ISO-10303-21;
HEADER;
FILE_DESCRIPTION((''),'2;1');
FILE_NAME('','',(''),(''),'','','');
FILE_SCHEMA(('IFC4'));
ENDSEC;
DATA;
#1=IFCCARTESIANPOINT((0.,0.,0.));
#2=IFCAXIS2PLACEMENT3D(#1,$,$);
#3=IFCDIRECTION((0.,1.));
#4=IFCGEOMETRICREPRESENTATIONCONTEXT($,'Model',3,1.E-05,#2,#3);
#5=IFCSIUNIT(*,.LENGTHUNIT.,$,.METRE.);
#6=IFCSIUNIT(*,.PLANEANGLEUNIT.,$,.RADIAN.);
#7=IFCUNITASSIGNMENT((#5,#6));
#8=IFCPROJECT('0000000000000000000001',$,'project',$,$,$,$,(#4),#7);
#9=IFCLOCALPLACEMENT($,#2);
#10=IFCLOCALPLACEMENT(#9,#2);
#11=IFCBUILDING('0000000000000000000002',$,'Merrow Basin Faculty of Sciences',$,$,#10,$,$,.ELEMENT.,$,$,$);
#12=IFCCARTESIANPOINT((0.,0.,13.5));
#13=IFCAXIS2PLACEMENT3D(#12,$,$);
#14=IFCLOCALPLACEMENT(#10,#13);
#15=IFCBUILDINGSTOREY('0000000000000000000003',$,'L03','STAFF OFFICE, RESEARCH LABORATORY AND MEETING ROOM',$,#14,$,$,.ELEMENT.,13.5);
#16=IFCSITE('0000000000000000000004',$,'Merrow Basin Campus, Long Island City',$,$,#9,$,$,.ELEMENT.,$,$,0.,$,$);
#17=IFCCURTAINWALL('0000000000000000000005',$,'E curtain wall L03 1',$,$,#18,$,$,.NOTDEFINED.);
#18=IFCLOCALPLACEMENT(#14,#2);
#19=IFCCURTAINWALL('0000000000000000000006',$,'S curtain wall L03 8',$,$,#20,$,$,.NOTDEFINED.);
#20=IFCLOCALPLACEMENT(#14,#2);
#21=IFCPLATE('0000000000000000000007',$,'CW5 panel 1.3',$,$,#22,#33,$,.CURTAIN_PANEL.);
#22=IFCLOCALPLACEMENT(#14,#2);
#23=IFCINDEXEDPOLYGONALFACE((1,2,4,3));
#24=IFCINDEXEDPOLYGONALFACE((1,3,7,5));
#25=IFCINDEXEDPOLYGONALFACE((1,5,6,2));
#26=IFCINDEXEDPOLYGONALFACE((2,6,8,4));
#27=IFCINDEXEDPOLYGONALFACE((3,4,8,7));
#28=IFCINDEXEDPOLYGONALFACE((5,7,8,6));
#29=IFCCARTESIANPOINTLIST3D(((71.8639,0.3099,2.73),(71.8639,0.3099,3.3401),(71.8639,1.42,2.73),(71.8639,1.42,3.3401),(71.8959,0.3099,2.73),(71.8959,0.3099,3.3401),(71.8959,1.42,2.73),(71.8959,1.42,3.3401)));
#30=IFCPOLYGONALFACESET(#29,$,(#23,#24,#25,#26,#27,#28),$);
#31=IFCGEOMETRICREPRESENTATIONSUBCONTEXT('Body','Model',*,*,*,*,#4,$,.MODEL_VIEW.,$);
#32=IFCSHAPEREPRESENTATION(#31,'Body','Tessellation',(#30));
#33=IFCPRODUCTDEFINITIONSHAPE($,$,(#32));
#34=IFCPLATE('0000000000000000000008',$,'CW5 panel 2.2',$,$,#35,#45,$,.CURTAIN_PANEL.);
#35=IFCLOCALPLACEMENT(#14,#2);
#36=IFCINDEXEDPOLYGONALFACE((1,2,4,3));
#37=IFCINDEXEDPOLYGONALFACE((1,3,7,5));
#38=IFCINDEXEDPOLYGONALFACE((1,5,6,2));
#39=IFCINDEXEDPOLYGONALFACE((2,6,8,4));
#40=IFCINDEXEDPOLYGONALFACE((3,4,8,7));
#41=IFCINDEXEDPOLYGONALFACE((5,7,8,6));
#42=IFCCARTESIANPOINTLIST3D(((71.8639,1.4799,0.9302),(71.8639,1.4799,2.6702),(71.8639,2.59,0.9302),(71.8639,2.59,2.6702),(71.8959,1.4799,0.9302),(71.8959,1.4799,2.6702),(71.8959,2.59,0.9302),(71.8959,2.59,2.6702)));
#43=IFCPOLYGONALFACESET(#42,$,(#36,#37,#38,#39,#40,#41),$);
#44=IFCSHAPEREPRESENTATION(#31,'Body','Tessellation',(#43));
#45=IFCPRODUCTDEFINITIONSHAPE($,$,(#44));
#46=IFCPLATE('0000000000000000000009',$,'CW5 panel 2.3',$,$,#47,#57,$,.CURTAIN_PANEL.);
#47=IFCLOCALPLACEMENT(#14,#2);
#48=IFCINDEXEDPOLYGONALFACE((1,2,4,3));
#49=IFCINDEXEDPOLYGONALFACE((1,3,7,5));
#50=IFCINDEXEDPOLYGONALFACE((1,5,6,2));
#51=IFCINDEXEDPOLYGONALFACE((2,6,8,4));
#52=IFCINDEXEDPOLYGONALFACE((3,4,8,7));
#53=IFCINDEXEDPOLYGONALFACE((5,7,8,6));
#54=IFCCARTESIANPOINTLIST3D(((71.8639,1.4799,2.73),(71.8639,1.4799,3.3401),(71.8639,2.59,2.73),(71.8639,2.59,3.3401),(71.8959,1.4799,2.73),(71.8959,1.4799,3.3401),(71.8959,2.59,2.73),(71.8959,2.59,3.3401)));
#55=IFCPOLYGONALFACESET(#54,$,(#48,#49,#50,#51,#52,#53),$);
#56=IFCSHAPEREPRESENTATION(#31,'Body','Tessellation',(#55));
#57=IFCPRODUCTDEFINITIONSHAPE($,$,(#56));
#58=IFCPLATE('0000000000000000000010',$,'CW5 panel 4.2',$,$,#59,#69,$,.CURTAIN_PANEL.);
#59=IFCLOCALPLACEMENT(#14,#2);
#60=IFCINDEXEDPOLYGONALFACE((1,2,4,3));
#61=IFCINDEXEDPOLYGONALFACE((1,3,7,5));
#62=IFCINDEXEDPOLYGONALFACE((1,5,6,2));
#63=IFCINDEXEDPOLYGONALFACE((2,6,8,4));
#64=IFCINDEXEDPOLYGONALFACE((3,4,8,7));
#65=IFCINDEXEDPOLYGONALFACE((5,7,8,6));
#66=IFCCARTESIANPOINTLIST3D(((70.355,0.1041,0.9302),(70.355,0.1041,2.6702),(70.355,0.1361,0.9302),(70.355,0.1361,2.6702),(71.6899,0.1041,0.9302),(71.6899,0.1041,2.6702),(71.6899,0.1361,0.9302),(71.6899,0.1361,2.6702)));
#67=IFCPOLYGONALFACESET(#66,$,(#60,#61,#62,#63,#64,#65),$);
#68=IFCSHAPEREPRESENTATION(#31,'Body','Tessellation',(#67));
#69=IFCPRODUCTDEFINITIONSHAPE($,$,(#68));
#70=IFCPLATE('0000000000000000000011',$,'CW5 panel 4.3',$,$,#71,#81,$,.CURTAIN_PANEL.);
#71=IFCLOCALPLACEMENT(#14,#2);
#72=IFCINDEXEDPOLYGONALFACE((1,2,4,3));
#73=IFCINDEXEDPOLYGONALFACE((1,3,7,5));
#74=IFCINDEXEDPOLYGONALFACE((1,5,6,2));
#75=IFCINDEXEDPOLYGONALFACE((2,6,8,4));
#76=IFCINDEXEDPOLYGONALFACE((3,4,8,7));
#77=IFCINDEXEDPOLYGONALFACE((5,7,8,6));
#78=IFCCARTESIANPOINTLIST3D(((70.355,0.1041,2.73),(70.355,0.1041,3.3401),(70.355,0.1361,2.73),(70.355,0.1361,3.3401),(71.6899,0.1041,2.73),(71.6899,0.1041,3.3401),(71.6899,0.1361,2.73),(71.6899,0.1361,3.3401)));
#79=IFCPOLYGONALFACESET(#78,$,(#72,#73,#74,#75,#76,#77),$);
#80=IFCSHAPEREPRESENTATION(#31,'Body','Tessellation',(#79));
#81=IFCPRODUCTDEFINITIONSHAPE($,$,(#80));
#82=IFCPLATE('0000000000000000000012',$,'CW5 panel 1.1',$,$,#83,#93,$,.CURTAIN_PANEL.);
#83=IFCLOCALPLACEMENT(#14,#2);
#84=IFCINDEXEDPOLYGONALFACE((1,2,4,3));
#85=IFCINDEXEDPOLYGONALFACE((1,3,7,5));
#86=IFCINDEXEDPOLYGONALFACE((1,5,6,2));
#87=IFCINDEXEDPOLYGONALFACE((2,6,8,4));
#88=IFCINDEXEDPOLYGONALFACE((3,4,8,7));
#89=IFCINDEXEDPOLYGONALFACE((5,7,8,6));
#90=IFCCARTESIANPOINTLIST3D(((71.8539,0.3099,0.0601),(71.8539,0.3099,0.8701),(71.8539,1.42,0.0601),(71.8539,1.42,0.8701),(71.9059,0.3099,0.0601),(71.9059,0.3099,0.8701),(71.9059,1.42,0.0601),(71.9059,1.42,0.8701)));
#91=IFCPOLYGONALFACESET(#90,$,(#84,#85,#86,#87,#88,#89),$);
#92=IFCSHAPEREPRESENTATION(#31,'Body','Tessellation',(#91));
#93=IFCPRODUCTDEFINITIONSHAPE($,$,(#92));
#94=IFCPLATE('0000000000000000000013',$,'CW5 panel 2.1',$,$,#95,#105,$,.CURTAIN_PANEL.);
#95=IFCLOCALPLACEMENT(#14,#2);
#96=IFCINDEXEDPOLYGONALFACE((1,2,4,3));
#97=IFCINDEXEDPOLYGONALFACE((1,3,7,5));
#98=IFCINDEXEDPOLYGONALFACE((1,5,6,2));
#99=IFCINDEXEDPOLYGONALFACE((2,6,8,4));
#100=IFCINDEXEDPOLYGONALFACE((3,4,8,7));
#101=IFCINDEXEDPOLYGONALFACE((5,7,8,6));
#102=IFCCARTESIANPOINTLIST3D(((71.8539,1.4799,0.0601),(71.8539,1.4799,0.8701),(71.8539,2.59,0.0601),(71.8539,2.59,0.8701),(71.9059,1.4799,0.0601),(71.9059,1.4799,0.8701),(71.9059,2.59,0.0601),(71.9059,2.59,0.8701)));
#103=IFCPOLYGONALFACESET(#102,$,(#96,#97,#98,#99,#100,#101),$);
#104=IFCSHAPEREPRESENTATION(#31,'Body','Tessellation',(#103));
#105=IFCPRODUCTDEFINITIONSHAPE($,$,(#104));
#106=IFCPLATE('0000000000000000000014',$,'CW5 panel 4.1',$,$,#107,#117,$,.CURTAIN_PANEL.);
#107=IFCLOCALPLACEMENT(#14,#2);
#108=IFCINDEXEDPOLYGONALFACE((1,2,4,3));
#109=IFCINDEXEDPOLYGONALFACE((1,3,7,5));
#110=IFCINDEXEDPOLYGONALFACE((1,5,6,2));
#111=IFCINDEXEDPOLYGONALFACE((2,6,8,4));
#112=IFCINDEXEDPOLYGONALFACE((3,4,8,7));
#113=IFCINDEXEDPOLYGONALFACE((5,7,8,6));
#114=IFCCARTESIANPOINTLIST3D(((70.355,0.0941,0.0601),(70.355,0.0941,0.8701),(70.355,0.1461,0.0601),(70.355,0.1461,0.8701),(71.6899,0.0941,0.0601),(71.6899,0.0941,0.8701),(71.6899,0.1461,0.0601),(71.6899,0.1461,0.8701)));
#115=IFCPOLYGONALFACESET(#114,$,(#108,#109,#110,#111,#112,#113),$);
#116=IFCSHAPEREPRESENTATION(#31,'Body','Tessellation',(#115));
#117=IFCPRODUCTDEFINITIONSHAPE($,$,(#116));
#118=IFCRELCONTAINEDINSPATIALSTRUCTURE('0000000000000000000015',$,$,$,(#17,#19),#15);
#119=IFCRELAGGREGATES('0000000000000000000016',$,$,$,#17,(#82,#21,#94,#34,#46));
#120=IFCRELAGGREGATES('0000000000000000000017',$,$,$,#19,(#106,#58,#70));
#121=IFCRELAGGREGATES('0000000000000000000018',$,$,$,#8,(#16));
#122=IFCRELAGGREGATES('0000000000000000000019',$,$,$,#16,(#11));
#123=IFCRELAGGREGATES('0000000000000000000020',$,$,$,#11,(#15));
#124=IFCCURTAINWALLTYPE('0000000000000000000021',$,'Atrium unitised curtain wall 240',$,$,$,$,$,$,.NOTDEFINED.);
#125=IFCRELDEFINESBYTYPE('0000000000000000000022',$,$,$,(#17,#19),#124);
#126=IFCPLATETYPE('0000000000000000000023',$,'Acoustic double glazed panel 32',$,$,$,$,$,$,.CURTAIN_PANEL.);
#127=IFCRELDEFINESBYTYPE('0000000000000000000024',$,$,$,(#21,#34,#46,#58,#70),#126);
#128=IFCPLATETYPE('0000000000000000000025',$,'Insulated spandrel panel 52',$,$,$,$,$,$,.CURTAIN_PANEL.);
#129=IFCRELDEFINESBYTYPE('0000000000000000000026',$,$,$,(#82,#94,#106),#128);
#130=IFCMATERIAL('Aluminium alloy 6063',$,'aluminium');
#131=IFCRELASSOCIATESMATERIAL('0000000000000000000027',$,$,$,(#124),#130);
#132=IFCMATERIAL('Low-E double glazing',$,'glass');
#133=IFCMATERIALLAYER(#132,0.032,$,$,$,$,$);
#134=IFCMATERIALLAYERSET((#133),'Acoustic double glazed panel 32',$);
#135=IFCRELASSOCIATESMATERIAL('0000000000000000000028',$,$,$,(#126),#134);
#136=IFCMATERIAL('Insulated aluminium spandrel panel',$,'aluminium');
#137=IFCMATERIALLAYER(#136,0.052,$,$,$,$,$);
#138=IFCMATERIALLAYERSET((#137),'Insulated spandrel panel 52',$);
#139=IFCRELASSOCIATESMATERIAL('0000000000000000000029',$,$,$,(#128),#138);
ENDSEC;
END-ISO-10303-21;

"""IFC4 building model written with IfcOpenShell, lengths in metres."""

from ifc_helpers import new_model, si_unit, direction, frame, origin, origin_2d, place, context, subcontext, project, spatial, rectangle, extrude, material, layer, layer_set, type_object, element, aggregate, save


model = new_model("IFC4")

# Units and contexts
model_context = context("Model", 3, precision=1e-05, world=origin(), true_north=direction((0.0, 1.0)))
body_context = subcontext(model_context, "Body", "Model", "MODEL_VIEW")
ifc_project = project(units=[si_unit("LENGTHUNIT", "METRE"), si_unit("PLANEANGLEUNIT", "RADIAN")], contexts=[model_context])

# Site, building, storey
site_placement = place(None, origin())
site = spatial("IfcSite", under=ifc_project, at=site_placement, Name="Merrow Basin Campus, Long Island City", CompositionType="ELEMENT", RefElevation=0.0)
building_placement = place(site_placement, origin())
building = spatial("IfcBuilding", under=site, at=building_placement, Name="Merrow Basin Faculty of Sciences", CompositionType="ELEMENT")
storey_placement = place(building_placement, frame((0.0, 0.0, 13.5)))
storey = spatial("IfcBuildingStorey", under=building, at=storey_placement, Name="L03", Description="STAFF OFFICE, RESEARCH LABORATORY AND MEETING ROOM", CompositionType="ELEMENT", Elevation=13.5)

# Curtain wall
ifc_material_1 = material(Name="Aluminium alloy 6063", Category="aluminium")
curtain_wall_type = type_object("IfcCurtainWallType", Name="Atrium unitised curtain wall 240", PredefinedType="NOTDEFINED", material=ifc_material_1)
curtain_wall_1_placement = place(storey_placement, origin())
curtain_wall_1 = element("IfcCurtainWall", 1, at=curtain_wall_1_placement, inside=storey, type_object=curtain_wall_type, Name="E curtain wall L03 1", PredefinedType="NOTDEFINED")

# Curtain wall
curtain_wall_2_placement = place(storey_placement, origin())
curtain_wall_2 = element("IfcCurtainWall", 2, at=curtain_wall_2_placement, inside=storey, type_object=curtain_wall_type, Name="S curtain wall L03 8", PredefinedType="NOTDEFINED")

# Plates
ifc_material_2 = material(Name="Low-E double glazing", Category="glass")
ifc_layer_1 = layer(ifc_material_2, 0.032)
ifc_layer_set_1 = layer_set([ifc_layer_1], Name="Acoustic double glazed panel 32")
plate_type_1 = type_object("IfcPlateType", Name="Acoustic double glazed panel 32", PredefinedType="CURTAIN_PANEL", material=ifc_layer_set_1)
plate_1_placement = place(storey_placement, frame((71.8799, 0.865, 2.73), z_axis=(0.0, 0.0, 1.0), x_axis=(0.0, 1.0, 0.0)))
plate_1 = element("IfcPlate", 3, at=plate_1_placement, type_object=plate_type_1, Name="CW5 panel 1.3", PredefinedType="CURTAIN_PANEL", context=body_context, shape_type="SweptSolid", body=[
    extrude(rectangle(XDim=1.1101, YDim=0.032, at=origin_2d()), origin(), (0.0, 0.0, 1.0), 0.6101),
])
plate_2_placement = place(storey_placement, frame((71.8799, 2.0349, 0.9302), z_axis=(0.0, 0.0, 1.0), x_axis=(0.0, 1.0, 0.0)))
plate_2 = element("IfcPlate", 4, at=plate_2_placement, type_object=plate_type_1, Name="CW5 panel 2.2", PredefinedType="CURTAIN_PANEL", context=body_context, shape_type="SweptSolid", body=[
    extrude(rectangle(XDim=1.1101, YDim=0.032, at=origin_2d()), origin(), (0.0, 0.0, 1.0), 1.74),
])
plate_3_placement = place(storey_placement, frame((71.8799, 2.0349, 2.73), z_axis=(0.0, 0.0, 1.0), x_axis=(0.0, 1.0, 0.0)))
plate_3 = element("IfcPlate", 5, at=plate_3_placement, type_object=plate_type_1, Name="CW5 panel 2.3", PredefinedType="CURTAIN_PANEL", context=body_context, shape_type="SweptSolid", body=[
    extrude(rectangle(XDim=1.1101, YDim=0.032, at=origin_2d()), origin(), (0.0, 0.0, 1.0), 0.6101),
])
plate_4_placement = place(storey_placement, frame((71.0225, 0.1201, 0.9302), z_axis=(0.0, 0.0, 1.0), x_axis=(1.0, 0.0, 0.0)))
plate_4 = element("IfcPlate", 6, at=plate_4_placement, type_object=plate_type_1, Name="CW5 panel 4.2", PredefinedType="CURTAIN_PANEL", context=body_context, shape_type="SweptSolid", body=[
    extrude(rectangle(XDim=1.335, YDim=0.032, at=origin_2d()), origin(), (0.0, 0.0, 1.0), 1.74),
])
plate_5_placement = place(storey_placement, frame((71.0225, 0.1201, 2.73), z_axis=(0.0, 0.0, 1.0), x_axis=(1.0, 0.0, 0.0)))
plate_5 = element("IfcPlate", 7, at=plate_5_placement, type_object=plate_type_1, Name="CW5 panel 4.3", PredefinedType="CURTAIN_PANEL", context=body_context, shape_type="SweptSolid", body=[
    extrude(rectangle(XDim=1.335, YDim=0.032, at=origin_2d()), origin(), (0.0, 0.0, 1.0), 0.6101),
])
ifc_material_3 = material(Name="Insulated aluminium spandrel panel", Category="aluminium")
ifc_layer_2 = layer(ifc_material_3, 0.052)
ifc_layer_set_2 = layer_set([ifc_layer_2], Name="Insulated spandrel panel 52")
plate_type_2 = type_object("IfcPlateType", Name="Insulated spandrel panel 52", PredefinedType="CURTAIN_PANEL", material=ifc_layer_set_2)
plate_6_placement = place(storey_placement, frame((71.8799, 0.865, 0.0601), z_axis=(0.0, 0.0, 1.0), x_axis=(0.0, 1.0, 0.0)))
plate_6 = element("IfcPlate", 8, at=plate_6_placement, type_object=plate_type_2, Name="CW5 panel 1.1", PredefinedType="CURTAIN_PANEL", context=body_context, shape_type="SweptSolid", body=[
    extrude(rectangle(XDim=1.1101, YDim=0.052, at=origin_2d()), origin(), (0.0, 0.0, 1.0), 0.8101),
])
plate_7_placement = place(storey_placement, frame((71.8799, 2.0349, 0.0601), z_axis=(0.0, 0.0, 1.0), x_axis=(0.0, 1.0, 0.0)))
plate_7 = element("IfcPlate", 9, at=plate_7_placement, type_object=plate_type_2, Name="CW5 panel 2.1", PredefinedType="CURTAIN_PANEL", context=body_context, shape_type="SweptSolid", body=[
    extrude(rectangle(XDim=1.1101, YDim=0.052, at=origin_2d()), origin(), (0.0, 0.0, 1.0), 0.8101),
])
aggregate(curtain_wall_1, [plate_6, plate_1, plate_7, plate_2, plate_3])
plate_8_placement = place(storey_placement, frame((71.0225, 0.1201, 0.0601), z_axis=(0.0, 0.0, 1.0), x_axis=(1.0, 0.0, 0.0)))
plate_8 = element("IfcPlate", 10, at=plate_8_placement, type_object=plate_type_2, Name="CW5 panel 4.1", PredefinedType="CURTAIN_PANEL", context=body_context, shape_type="SweptSolid", body=[
    extrude(rectangle(XDim=1.335, YDim=0.052, at=origin_2d()), origin(), (0.0, 0.0, 1.0), 0.8101),
])
aggregate(curtain_wall_2, [plate_8, plate_4, plate_5])

save(model, "model.ifc")
